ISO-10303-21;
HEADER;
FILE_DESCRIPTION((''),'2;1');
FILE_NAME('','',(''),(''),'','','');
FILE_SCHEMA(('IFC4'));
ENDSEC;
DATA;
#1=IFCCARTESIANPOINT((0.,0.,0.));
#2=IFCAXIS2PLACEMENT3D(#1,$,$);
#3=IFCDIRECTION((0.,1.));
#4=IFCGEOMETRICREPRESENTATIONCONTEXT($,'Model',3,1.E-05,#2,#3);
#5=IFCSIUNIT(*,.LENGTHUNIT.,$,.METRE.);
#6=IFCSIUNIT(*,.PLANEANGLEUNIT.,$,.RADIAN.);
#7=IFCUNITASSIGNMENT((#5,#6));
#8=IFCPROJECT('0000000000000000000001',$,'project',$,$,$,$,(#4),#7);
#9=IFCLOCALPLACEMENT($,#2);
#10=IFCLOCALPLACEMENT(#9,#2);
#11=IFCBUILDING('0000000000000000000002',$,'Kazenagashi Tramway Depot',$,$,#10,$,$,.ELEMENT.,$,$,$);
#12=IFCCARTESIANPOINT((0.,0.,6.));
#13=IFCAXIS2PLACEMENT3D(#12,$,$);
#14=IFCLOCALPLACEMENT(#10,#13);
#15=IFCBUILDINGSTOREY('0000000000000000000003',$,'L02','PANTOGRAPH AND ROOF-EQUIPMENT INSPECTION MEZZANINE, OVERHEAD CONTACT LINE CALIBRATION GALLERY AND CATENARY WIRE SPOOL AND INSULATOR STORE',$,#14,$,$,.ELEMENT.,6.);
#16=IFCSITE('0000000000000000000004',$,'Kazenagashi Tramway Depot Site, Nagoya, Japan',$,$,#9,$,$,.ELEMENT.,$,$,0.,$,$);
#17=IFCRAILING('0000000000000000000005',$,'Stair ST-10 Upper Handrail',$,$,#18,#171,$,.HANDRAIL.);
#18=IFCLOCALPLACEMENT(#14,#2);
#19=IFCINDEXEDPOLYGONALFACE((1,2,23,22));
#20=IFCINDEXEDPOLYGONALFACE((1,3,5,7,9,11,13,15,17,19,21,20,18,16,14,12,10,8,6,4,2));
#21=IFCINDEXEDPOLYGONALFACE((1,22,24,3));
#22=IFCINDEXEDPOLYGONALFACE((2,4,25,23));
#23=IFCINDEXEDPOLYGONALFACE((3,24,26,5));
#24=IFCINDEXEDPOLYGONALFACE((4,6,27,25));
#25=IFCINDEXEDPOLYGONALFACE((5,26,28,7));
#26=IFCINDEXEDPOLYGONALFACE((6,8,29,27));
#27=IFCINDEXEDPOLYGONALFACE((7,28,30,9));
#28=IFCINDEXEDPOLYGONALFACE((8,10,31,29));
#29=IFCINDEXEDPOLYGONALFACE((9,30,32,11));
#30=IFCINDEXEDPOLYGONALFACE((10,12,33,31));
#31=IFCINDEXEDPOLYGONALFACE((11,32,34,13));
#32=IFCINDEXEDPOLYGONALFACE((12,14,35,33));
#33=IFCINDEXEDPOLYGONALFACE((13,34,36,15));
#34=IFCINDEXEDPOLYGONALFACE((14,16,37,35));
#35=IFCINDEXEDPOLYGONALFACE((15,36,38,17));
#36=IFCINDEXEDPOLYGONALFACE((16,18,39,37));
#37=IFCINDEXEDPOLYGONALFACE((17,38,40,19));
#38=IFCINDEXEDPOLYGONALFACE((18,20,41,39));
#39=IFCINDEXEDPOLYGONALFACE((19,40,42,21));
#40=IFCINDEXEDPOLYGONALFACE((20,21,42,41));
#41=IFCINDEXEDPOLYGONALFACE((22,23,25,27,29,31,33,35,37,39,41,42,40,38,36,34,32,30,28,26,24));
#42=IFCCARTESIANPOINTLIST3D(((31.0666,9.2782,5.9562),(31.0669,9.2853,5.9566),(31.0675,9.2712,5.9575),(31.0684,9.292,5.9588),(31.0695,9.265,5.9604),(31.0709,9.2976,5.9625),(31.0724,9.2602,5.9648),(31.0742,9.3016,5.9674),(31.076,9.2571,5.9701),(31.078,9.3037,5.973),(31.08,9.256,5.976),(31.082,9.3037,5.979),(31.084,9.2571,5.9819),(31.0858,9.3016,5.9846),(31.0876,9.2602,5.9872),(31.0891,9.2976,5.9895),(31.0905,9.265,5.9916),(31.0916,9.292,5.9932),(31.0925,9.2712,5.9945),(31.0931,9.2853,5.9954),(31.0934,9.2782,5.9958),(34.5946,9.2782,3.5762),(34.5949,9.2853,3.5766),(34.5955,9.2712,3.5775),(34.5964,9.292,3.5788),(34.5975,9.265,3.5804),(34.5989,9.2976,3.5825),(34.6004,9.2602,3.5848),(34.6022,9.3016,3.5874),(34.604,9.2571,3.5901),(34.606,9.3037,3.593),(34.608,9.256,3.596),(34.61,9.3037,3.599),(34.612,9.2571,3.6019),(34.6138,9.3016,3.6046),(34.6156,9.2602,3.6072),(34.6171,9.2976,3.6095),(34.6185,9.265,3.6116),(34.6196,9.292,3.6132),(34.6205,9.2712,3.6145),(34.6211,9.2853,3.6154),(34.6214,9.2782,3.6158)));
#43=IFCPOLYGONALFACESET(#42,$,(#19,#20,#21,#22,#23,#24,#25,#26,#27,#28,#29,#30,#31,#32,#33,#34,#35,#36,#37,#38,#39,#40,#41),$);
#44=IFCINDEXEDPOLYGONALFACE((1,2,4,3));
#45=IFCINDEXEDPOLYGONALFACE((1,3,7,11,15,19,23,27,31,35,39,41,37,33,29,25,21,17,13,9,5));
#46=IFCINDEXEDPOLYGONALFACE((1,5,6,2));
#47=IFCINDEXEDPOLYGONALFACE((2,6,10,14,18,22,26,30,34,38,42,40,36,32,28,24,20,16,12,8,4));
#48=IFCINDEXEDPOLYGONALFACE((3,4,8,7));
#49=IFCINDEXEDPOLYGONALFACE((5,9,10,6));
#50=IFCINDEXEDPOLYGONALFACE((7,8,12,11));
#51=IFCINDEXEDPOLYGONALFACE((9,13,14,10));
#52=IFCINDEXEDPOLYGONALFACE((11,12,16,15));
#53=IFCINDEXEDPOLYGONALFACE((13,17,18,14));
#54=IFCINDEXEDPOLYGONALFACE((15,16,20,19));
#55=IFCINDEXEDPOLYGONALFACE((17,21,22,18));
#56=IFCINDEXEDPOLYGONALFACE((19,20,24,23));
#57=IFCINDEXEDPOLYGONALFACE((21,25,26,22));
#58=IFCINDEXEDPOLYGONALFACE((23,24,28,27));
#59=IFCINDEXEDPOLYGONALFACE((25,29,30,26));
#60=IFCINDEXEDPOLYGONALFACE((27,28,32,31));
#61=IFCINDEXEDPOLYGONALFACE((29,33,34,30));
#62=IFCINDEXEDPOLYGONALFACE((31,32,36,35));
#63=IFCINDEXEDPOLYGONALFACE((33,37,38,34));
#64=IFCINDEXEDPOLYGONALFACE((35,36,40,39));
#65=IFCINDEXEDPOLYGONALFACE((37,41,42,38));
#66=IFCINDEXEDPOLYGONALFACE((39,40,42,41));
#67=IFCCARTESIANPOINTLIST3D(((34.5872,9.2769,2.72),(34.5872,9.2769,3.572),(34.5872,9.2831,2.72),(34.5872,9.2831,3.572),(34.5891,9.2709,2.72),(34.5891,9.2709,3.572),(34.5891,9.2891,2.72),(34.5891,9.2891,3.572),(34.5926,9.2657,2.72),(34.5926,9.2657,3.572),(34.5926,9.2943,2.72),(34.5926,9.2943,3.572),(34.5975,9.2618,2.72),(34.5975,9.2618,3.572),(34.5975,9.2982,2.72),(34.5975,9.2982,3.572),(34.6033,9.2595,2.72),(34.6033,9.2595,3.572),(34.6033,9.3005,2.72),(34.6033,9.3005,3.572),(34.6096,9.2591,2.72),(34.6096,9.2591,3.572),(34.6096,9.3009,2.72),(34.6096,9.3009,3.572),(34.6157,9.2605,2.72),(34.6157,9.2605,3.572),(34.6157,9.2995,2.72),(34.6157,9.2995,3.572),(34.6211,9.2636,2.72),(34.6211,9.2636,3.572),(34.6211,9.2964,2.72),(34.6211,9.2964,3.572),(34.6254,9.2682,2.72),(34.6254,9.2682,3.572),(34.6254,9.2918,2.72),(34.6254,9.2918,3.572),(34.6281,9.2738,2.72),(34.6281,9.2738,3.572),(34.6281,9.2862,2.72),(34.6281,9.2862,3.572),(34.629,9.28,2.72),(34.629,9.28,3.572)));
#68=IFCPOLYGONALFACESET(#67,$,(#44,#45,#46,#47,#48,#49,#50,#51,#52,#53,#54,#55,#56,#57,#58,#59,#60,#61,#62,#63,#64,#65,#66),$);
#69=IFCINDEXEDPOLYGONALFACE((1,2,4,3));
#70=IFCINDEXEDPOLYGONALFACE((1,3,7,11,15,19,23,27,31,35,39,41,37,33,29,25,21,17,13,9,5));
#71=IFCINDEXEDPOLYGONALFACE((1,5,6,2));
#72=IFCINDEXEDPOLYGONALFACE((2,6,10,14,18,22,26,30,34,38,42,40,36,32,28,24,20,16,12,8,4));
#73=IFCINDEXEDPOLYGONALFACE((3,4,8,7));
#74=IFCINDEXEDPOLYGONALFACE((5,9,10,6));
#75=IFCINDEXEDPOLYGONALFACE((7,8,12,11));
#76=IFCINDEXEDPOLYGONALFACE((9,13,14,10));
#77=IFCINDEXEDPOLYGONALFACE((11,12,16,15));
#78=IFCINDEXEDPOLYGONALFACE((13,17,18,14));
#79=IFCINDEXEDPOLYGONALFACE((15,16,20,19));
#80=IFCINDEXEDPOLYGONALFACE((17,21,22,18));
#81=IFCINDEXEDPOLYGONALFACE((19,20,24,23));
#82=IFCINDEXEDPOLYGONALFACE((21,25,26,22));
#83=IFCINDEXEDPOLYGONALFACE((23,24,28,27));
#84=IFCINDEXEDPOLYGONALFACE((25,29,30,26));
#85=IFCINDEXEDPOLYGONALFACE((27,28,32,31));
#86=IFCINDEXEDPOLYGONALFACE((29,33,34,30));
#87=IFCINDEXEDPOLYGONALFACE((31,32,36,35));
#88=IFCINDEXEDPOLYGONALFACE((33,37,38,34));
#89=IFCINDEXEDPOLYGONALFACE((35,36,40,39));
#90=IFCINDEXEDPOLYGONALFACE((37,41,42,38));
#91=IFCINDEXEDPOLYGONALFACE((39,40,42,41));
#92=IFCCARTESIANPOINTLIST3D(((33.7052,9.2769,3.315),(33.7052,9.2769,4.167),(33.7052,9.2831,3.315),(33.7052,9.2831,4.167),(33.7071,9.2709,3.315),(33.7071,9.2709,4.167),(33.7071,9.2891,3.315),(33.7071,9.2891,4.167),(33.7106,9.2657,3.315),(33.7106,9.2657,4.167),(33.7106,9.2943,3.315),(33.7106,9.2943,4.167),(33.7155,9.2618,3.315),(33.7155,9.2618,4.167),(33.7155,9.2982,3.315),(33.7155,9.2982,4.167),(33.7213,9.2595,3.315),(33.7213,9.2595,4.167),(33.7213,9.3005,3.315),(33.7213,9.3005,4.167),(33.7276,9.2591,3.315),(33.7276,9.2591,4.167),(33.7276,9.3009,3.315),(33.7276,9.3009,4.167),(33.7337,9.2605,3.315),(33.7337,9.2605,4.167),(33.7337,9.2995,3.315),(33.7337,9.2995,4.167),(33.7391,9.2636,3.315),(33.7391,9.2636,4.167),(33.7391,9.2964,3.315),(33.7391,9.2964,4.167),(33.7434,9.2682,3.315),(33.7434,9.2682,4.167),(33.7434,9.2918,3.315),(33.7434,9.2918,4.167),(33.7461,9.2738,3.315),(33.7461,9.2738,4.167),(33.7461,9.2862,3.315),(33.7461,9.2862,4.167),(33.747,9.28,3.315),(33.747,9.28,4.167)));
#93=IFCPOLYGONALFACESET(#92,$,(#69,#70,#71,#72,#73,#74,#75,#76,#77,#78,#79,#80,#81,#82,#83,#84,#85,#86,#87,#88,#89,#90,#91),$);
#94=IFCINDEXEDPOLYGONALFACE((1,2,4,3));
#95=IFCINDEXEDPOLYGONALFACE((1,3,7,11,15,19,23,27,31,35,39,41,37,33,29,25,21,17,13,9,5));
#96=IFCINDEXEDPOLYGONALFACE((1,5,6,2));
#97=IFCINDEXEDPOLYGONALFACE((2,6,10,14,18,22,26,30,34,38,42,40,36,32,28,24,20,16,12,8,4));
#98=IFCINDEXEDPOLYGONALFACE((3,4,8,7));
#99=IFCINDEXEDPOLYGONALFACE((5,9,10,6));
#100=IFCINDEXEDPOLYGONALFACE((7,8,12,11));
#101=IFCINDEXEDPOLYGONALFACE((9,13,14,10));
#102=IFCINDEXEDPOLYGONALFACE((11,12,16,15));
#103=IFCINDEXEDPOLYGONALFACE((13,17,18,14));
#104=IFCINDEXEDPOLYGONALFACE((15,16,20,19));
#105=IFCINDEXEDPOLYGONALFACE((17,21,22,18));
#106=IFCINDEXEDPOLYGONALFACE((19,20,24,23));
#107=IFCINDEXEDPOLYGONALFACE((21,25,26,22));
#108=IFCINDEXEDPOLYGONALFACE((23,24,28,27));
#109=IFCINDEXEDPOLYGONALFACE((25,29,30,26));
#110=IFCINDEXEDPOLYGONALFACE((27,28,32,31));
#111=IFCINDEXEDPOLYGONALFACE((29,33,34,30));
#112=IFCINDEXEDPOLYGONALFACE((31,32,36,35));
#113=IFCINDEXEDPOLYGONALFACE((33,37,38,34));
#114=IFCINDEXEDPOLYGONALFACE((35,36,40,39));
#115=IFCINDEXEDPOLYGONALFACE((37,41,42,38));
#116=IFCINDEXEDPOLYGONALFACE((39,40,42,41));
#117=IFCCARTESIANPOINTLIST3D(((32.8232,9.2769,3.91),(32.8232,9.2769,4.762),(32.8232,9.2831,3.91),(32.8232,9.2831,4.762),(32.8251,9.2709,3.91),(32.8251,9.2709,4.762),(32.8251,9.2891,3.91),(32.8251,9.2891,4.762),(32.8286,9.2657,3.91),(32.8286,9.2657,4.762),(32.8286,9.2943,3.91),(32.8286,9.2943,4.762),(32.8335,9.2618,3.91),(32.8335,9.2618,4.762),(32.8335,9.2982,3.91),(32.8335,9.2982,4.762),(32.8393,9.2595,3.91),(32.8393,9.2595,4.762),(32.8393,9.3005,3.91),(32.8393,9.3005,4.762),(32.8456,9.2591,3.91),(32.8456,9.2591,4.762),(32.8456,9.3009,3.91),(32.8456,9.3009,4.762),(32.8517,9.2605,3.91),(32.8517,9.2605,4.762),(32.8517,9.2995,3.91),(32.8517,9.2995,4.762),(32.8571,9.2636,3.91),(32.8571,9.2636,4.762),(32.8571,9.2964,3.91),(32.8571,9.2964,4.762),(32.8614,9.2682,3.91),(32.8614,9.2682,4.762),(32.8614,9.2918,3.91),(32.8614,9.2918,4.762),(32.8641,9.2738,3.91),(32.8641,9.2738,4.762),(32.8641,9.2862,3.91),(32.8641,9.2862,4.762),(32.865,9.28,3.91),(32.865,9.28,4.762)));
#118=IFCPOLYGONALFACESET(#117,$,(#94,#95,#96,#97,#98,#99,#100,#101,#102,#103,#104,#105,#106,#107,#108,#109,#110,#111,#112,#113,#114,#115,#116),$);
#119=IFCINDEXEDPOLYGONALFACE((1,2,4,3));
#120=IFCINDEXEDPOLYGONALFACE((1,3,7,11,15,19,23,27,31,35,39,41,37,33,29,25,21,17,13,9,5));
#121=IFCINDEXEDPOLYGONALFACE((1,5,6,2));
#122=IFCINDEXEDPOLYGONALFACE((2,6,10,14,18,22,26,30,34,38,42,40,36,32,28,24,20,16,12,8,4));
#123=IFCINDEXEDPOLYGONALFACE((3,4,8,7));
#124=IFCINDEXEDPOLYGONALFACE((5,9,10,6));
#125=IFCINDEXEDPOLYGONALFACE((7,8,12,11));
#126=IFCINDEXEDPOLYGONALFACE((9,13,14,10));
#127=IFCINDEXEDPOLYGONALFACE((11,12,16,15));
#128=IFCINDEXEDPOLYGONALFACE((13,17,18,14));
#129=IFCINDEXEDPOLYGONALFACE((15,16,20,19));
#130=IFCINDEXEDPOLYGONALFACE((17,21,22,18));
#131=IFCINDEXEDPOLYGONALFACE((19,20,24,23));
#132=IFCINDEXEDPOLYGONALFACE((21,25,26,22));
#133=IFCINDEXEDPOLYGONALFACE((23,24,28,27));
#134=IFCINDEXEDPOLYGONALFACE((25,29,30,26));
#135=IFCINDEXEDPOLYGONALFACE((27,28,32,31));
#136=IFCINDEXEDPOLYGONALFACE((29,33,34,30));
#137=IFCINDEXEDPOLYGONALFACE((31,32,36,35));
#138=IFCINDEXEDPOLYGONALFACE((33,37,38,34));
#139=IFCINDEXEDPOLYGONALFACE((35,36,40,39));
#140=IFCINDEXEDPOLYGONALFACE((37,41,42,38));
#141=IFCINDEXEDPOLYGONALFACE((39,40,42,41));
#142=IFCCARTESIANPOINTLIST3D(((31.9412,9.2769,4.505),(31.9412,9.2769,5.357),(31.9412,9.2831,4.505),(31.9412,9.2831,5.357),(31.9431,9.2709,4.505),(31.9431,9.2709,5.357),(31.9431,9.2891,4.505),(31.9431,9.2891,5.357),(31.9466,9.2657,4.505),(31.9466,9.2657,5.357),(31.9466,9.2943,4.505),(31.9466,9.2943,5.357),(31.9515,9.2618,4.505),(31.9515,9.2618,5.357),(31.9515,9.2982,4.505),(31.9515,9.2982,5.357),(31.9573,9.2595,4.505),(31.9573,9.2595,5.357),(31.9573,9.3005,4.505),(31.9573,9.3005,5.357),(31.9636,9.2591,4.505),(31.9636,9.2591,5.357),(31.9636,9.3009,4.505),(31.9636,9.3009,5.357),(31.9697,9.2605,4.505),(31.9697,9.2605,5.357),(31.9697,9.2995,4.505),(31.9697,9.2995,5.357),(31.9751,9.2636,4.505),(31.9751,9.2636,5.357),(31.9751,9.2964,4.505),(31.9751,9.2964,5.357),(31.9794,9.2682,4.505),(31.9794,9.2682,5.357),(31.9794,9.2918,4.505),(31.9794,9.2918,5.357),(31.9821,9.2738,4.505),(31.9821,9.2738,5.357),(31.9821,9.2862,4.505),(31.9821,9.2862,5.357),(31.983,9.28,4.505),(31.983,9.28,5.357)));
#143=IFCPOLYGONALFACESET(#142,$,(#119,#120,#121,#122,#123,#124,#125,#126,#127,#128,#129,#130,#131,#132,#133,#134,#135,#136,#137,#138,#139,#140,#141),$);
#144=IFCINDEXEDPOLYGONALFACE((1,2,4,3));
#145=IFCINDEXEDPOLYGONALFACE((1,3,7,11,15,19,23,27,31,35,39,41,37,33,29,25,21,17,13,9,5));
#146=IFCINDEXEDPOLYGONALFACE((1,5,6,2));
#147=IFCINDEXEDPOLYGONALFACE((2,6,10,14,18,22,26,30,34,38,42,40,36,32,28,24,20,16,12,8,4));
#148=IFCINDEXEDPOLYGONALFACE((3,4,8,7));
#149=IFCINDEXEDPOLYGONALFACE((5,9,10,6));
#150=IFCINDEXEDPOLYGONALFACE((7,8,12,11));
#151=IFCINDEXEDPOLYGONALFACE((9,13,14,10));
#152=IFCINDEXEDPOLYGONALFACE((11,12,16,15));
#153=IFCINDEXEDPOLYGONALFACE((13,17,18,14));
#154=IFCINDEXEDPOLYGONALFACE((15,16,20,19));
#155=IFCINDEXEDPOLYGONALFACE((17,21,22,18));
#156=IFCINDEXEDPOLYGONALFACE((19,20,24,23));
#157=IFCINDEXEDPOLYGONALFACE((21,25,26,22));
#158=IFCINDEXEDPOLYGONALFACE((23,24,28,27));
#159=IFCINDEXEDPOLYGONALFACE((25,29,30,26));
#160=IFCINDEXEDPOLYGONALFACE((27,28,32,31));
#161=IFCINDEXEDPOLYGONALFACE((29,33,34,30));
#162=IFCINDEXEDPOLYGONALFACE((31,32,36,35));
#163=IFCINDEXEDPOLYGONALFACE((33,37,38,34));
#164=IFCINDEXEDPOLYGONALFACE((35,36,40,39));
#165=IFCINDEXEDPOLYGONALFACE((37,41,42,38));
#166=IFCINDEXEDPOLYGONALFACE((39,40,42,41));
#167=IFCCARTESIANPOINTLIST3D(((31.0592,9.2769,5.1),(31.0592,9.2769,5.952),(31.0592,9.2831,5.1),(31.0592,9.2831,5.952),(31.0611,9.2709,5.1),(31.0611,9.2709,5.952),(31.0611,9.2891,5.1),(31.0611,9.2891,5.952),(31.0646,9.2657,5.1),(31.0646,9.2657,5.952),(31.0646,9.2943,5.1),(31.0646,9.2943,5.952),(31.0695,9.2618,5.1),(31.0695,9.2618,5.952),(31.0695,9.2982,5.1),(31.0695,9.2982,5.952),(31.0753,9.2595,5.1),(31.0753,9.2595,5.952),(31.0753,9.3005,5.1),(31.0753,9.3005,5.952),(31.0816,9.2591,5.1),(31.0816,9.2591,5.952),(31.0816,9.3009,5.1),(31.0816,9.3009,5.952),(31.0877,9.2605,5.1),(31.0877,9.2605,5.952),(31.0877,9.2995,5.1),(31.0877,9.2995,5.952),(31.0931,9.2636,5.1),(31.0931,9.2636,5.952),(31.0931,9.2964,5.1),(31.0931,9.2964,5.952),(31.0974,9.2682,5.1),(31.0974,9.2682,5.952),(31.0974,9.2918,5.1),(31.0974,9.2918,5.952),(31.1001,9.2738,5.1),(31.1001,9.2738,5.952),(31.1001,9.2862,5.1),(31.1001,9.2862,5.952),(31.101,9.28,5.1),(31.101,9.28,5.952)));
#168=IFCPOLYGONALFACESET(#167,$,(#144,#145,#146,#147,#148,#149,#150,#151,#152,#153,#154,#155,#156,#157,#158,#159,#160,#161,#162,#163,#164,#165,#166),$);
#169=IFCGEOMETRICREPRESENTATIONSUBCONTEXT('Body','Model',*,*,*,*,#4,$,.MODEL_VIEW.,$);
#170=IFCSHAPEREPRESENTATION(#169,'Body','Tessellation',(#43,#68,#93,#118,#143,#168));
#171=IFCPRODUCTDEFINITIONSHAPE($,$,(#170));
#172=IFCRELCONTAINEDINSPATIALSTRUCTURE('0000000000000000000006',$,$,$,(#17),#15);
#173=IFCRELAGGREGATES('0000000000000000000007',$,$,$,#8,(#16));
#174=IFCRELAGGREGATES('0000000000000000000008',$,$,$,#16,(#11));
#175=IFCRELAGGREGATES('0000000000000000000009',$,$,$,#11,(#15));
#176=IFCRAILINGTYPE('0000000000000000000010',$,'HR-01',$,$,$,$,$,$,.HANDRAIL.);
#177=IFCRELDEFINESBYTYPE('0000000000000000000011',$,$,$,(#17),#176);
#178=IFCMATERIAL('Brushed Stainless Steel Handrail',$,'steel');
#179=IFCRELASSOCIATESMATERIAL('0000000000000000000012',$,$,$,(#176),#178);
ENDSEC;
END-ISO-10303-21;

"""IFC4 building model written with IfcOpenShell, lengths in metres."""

from ifc_helpers import new_model, si_unit, direction, frame, origin, origin_2d, place, context, subcontext, project, spatial, circle, extrude, material, type_object, element, save


model = new_model("IFC4")

# Units and contexts
model_context = context("Model", 3, precision=1e-05, world=origin(), true_north=direction((0.0, 1.0)))
body_context = subcontext(model_context, "Body", "Model", "MODEL_VIEW")
ifc_project = project(units=[si_unit("LENGTHUNIT", "METRE"), si_unit("PLANEANGLEUNIT", "RADIAN")], contexts=[model_context])

# Site, building, storey
site_placement = place(None, origin())
site = spatial("IfcSite", under=ifc_project, at=site_placement, Name="Kazenagashi Tramway Depot Site, Nagoya, Japan", CompositionType="ELEMENT", RefElevation=0.0)
building_placement = place(site_placement, origin())
building = spatial("IfcBuilding", under=site, at=building_placement, Name="Kazenagashi Tramway Depot", CompositionType="ELEMENT")
storey_placement = place(building_placement, frame((0.0, 0.0, 6.0)))
storey = spatial("IfcBuildingStorey", under=building, at=storey_placement, Name="L02", Description="PANTOGRAPH AND ROOF-EQUIPMENT INSPECTION MEZZANINE, OVERHEAD CONTACT LINE CALIBRATION GALLERY AND CATENARY WIRE SPOOL AND INSULATOR STORE", CompositionType="ELEMENT", Elevation=6.0)

# Railing
ifc_material_1 = material(Name="Brushed Stainless Steel Handrail", Category="steel")
railing_type_1 = type_object("IfcRailingType", Name="HR-01", PredefinedType="HANDRAIL", material=ifc_material_1)
railing_1_placement = place(storey_placement, frame((34.608, 9.28, 2.72)))
element("IfcRailing", 1, at=railing_1_placement, inside=storey, type_object=railing_type_1, Name="Stair ST-10 Upper Handrail", PredefinedType="HANDRAIL", context=body_context, shape_type="SweptSolid", body=[
    extrude(circle(Radius=0.024, at=origin_2d()), frame((0.0, 0.0, 0.876), z_axis=(-0.829001, 0.0, 0.559247), x_axis=(0.0, -1.0, 0.0)), (0.0, 0.0, 1.0), 4.2557),
    extrude(circle(Radius=0.021, at=origin_2d()), origin(), (0.0, 0.0, 1.0), 0.852),
    extrude(circle(Radius=0.021, at=origin_2d()), frame((-0.882, 0.0, 0.595)), (0.0, 0.0, 1.0), 0.852),
    extrude(circle(Radius=0.021, at=origin_2d()), frame((-1.764, 0.0, 1.19)), (0.0, 0.0, 1.0), 0.852),
    extrude(circle(Radius=0.021, at=origin_2d()), frame((-2.646, 0.0, 1.785)), (0.0, 0.0, 1.0), 0.852),
    extrude(circle(Radius=0.021, at=origin_2d()), frame((-3.528, 0.0, 2.38)), (0.0, 0.0, 1.0), 0.852),
])

save(model, "model.ifc")
